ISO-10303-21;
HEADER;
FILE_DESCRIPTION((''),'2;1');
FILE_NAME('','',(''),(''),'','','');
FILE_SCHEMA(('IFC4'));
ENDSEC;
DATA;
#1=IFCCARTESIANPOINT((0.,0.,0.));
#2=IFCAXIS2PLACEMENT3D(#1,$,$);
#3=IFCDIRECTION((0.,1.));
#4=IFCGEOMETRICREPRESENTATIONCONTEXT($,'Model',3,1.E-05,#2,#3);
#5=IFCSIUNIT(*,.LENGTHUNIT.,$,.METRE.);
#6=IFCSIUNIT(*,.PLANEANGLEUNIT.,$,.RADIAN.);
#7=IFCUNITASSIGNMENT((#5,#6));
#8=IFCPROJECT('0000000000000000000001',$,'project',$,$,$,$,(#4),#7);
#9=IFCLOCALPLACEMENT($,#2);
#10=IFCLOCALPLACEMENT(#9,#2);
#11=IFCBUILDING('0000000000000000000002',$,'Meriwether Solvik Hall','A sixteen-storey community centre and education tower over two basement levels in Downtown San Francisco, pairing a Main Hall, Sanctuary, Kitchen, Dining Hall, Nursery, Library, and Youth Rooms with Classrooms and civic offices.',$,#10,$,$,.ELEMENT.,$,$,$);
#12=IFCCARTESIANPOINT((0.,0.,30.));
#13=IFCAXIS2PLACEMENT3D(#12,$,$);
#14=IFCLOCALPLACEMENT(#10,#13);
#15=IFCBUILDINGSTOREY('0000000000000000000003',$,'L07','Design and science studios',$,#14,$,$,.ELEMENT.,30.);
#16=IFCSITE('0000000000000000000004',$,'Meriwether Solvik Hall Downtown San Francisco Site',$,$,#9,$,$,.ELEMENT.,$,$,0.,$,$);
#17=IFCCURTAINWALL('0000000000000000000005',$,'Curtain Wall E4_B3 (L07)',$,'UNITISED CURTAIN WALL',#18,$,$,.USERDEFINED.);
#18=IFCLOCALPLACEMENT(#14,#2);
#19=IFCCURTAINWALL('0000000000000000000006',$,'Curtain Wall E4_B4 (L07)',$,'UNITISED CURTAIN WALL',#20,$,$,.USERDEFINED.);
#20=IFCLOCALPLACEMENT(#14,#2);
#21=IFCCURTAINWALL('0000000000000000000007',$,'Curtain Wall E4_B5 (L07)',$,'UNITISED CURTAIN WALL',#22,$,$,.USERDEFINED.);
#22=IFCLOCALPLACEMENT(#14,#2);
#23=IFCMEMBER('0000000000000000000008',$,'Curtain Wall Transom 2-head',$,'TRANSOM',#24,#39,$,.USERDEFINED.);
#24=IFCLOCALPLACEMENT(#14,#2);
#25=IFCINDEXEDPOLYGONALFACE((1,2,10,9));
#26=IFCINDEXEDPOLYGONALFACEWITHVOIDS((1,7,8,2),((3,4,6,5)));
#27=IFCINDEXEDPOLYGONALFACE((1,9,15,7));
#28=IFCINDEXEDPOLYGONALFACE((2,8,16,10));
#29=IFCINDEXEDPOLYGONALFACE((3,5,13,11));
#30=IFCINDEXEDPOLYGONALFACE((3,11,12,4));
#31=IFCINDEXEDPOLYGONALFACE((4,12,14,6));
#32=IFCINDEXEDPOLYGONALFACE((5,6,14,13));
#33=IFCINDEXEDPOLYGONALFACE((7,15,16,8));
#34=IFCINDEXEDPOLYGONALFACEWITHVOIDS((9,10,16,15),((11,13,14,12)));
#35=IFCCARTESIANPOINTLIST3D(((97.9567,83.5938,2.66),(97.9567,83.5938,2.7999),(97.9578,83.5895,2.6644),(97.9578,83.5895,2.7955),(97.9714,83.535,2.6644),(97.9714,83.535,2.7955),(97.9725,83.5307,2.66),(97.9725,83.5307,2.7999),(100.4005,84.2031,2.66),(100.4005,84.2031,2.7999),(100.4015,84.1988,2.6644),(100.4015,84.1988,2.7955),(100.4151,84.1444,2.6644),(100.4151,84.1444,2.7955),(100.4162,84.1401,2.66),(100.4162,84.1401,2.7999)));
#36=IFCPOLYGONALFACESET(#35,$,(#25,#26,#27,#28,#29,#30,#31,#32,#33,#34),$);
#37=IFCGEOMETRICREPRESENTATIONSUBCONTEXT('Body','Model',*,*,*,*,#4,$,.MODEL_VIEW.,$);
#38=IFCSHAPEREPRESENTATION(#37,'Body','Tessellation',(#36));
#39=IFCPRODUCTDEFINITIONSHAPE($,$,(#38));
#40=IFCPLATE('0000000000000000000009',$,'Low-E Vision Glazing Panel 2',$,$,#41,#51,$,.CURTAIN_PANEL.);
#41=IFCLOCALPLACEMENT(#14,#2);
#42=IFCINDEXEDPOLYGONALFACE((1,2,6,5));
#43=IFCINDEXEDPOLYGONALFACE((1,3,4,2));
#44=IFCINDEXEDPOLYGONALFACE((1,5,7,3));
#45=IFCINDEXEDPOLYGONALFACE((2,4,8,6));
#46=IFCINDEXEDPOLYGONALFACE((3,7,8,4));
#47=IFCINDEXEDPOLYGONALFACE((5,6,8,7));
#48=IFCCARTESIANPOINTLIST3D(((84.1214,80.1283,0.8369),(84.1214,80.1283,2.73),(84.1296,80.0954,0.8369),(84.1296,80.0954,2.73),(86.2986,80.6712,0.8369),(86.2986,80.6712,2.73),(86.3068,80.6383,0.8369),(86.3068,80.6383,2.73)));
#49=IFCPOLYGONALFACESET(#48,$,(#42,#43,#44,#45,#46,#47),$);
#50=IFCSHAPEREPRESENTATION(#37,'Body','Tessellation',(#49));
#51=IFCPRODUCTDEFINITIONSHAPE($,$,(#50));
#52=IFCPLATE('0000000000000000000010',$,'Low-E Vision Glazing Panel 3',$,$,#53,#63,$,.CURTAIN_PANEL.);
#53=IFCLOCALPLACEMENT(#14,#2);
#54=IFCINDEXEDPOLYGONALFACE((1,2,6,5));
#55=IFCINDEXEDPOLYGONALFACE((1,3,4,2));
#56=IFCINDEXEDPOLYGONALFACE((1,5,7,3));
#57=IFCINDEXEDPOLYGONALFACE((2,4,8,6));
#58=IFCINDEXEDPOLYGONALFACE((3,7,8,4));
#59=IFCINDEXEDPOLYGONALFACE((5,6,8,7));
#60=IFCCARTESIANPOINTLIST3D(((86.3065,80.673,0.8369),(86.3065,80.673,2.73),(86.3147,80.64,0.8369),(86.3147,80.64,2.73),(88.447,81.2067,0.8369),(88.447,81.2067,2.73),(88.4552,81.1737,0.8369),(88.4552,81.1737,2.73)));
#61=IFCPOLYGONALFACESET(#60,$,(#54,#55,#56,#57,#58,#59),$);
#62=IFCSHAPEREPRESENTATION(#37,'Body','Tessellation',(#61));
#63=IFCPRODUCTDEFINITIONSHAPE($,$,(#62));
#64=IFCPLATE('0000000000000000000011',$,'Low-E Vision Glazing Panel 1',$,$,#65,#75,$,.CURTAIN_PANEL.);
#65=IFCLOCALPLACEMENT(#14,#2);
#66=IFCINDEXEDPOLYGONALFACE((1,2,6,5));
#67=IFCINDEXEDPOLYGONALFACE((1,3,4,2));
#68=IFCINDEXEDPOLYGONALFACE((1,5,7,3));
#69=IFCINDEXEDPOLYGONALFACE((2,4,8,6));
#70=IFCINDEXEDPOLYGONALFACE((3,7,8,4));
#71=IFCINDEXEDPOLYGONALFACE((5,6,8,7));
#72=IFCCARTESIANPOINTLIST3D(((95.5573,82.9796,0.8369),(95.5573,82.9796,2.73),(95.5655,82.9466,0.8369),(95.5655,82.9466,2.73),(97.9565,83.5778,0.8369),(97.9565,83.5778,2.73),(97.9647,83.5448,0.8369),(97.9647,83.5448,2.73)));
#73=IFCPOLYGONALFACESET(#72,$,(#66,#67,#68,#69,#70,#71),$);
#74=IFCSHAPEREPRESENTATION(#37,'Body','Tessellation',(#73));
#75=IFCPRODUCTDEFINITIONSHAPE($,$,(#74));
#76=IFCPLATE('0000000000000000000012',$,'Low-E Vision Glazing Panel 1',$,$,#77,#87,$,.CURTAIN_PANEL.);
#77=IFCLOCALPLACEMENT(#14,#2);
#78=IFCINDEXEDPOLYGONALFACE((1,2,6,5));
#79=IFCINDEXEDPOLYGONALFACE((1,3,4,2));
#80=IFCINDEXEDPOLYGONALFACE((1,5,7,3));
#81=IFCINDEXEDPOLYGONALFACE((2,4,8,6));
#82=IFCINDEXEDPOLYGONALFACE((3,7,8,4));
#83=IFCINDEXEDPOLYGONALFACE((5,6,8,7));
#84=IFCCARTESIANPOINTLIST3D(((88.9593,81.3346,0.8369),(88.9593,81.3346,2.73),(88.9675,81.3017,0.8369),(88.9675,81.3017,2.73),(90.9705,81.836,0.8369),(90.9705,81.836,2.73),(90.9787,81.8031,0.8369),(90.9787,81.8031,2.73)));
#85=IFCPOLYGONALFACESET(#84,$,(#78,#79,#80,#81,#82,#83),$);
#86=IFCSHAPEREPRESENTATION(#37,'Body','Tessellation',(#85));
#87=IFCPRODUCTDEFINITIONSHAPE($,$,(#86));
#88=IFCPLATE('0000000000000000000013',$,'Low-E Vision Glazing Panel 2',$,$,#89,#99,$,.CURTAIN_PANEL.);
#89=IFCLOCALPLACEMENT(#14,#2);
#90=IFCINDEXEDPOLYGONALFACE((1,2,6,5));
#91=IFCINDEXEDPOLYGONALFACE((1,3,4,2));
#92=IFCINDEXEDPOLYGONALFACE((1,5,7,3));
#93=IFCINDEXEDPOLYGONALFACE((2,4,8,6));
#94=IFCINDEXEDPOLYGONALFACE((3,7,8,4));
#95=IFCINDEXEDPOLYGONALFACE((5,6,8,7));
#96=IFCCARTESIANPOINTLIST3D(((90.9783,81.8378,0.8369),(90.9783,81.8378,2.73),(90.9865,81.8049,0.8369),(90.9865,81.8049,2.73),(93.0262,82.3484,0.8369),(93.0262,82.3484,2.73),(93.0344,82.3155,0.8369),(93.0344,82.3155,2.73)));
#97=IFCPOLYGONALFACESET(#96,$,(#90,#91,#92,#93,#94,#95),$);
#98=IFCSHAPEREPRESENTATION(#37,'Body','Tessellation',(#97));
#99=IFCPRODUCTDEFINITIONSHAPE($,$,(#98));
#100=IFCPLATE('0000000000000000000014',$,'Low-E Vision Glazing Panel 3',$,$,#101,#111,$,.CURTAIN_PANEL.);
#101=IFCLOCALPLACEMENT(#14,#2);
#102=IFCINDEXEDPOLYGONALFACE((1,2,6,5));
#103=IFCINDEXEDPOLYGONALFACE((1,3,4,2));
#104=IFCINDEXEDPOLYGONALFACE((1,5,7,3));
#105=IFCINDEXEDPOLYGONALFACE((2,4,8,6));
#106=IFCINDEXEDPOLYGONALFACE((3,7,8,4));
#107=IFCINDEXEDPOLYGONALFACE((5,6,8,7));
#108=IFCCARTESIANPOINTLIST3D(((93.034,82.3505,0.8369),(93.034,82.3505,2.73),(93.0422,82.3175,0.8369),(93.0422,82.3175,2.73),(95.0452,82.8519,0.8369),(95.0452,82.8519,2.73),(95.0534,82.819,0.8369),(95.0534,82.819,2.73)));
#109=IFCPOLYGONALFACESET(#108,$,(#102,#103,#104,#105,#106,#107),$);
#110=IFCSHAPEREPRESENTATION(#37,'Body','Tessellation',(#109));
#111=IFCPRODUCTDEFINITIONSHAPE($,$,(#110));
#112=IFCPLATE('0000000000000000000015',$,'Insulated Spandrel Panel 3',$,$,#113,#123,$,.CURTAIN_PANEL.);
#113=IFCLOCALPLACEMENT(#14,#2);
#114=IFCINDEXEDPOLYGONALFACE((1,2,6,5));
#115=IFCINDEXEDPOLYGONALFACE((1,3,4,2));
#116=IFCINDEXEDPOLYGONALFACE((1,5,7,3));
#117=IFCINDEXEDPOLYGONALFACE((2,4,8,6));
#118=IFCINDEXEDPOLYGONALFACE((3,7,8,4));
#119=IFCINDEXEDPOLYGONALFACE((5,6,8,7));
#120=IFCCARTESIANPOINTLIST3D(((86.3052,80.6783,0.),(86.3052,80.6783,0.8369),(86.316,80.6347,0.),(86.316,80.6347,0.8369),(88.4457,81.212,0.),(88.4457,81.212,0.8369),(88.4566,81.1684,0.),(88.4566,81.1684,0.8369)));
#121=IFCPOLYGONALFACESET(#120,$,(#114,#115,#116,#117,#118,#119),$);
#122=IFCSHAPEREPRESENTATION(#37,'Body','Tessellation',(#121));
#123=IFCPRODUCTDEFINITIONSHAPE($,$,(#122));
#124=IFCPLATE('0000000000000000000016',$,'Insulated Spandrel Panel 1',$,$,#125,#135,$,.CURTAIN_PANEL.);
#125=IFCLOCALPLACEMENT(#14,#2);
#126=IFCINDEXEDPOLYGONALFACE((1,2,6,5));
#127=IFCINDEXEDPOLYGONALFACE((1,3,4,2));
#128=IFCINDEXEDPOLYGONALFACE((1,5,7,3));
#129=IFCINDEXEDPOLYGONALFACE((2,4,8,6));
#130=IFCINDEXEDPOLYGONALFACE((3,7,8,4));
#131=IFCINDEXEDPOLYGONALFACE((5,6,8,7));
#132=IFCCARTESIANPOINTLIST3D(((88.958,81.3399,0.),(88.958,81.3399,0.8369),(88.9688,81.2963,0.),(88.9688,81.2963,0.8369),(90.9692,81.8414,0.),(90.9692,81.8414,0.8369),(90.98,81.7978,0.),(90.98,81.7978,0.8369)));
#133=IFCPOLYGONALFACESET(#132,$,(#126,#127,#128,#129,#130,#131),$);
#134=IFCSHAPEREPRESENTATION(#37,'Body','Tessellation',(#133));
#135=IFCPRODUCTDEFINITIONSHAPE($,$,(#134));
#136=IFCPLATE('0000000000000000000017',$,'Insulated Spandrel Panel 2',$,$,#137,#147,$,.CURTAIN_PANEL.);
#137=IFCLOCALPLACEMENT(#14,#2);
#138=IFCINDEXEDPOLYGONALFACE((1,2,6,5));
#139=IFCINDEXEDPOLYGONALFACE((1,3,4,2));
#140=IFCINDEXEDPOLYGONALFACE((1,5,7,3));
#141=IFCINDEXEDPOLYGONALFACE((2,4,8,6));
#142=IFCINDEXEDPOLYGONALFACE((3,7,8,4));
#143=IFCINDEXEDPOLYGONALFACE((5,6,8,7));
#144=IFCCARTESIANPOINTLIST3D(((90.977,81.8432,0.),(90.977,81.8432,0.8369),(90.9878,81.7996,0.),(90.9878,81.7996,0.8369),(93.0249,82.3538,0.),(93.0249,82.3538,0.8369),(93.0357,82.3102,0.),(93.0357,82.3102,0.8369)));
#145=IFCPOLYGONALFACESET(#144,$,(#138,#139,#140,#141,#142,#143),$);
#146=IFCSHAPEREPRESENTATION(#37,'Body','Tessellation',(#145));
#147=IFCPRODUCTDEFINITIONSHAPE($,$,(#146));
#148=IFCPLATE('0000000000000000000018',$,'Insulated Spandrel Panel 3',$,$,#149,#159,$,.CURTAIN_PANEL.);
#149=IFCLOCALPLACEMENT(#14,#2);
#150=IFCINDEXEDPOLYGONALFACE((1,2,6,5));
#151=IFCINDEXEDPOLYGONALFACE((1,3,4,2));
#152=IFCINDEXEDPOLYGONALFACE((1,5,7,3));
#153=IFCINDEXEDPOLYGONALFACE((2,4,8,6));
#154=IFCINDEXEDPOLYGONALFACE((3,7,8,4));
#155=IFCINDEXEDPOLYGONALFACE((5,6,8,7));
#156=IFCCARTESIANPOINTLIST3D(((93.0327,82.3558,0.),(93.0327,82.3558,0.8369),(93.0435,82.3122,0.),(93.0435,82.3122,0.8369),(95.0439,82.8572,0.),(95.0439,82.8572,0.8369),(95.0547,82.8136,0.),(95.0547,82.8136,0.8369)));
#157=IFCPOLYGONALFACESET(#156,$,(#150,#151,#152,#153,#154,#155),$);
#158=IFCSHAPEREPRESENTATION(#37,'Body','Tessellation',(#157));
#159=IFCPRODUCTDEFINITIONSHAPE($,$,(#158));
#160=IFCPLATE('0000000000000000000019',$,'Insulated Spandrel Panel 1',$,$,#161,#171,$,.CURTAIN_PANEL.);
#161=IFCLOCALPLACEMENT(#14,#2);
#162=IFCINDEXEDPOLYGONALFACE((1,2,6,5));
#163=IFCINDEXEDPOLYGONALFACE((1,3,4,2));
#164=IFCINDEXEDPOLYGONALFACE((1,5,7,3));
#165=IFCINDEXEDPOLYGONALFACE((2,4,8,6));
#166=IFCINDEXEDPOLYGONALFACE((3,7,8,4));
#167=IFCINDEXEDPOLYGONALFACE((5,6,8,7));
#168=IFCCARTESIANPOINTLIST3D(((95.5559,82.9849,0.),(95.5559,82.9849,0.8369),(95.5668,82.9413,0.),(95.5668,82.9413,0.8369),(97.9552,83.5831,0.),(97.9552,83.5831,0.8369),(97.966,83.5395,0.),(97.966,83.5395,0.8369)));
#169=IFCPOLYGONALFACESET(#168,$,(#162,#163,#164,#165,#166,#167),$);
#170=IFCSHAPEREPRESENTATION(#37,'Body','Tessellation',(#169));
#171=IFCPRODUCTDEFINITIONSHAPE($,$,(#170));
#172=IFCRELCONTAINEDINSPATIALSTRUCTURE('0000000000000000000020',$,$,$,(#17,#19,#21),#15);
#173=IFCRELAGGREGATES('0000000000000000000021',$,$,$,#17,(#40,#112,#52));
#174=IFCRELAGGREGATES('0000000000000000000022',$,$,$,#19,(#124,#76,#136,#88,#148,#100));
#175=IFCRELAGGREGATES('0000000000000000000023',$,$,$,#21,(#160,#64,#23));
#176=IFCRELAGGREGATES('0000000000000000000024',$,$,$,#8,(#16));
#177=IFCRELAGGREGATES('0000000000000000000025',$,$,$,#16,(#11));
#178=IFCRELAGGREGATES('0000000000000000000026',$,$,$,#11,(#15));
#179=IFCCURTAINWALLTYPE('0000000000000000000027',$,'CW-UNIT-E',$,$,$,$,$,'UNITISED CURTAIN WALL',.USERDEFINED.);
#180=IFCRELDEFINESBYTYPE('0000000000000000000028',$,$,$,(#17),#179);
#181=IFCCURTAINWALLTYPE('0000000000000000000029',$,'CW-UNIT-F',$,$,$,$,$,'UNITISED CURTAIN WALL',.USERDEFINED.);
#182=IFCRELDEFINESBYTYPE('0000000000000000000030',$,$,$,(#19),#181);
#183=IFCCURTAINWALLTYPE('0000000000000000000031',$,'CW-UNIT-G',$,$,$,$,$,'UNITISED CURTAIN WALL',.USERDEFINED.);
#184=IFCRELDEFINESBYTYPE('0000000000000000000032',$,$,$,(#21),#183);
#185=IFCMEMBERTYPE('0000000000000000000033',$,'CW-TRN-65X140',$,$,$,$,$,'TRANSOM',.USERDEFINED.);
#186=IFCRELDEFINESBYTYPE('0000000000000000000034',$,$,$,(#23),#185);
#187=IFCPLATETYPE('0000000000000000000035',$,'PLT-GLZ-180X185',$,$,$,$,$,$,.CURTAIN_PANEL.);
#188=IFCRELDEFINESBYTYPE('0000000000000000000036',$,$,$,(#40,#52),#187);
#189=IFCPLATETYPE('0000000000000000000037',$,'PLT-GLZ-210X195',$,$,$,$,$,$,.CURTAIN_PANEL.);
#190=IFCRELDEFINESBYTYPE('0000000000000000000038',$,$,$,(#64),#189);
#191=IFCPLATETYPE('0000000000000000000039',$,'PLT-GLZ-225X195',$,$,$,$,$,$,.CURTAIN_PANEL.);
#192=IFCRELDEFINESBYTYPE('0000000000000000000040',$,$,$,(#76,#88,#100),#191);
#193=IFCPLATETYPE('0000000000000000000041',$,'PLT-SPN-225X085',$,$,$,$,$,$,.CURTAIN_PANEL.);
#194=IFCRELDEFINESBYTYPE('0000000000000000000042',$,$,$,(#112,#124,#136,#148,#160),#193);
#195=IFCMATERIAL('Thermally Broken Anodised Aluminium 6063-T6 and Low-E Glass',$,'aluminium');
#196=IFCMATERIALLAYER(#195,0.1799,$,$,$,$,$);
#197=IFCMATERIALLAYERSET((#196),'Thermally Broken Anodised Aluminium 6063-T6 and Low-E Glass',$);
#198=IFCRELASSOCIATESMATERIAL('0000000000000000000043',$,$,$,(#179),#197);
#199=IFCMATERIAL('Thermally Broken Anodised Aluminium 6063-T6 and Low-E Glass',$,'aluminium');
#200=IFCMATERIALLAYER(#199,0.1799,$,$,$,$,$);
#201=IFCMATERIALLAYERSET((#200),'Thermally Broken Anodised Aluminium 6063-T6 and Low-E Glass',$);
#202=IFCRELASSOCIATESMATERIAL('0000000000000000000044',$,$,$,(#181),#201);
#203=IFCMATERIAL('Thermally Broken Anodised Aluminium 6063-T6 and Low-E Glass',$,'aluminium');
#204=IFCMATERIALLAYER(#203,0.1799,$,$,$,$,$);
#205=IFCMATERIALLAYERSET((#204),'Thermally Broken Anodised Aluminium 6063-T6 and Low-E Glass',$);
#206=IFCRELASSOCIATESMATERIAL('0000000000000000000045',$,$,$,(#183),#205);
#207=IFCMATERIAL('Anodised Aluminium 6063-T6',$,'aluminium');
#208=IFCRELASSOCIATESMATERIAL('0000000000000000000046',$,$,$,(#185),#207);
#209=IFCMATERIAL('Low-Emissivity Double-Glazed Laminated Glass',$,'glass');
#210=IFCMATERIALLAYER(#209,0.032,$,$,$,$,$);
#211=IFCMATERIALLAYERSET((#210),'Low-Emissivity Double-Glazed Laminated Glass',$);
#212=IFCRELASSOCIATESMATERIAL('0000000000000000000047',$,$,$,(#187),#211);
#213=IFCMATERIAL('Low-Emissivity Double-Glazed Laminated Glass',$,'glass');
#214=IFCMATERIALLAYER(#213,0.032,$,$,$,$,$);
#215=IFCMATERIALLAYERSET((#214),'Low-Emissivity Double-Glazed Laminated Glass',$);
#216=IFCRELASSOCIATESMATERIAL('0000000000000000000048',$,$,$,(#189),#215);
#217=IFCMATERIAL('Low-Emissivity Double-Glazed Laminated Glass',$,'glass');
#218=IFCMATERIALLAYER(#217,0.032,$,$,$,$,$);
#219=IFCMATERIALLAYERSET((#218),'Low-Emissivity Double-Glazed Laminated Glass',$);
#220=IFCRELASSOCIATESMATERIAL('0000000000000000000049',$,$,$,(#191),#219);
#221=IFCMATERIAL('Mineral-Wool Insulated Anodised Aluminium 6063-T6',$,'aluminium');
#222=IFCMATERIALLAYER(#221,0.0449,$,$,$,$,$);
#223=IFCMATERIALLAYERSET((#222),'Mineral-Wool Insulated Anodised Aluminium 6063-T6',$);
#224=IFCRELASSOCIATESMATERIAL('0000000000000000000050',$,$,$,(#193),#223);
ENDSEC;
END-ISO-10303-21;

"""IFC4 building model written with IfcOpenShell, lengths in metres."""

from ifc_helpers import new_model, si_unit, direction, frame, origin, origin_2d, place, context, subcontext, project, spatial, rectangle, hollow_rectangle, extrude, material, layer, layer_set, material_profile, profile_set, type_object, element, aggregate, save


model = new_model("IFC4")

# Units and contexts
model_context = context("Model", 3, precision=1e-05, world=origin(), true_north=direction((0.0, 1.0)))
body_context = subcontext(model_context, "Body", "Model", "MODEL_VIEW")
ifc_project = project(units=[si_unit("LENGTHUNIT", "METRE"), si_unit("PLANEANGLEUNIT", "RADIAN")], contexts=[model_context])

# Site, building, storey
site_placement = place(None, origin())
site = spatial("IfcSite", under=ifc_project, at=site_placement, Name="Meriwether Solvik Hall Downtown San Francisco Site", CompositionType="ELEMENT", RefElevation=0.0)
building_placement = place(site_placement, origin())
building = spatial("IfcBuilding", under=site, at=building_placement, Name="Meriwether Solvik Hall", Description="A sixteen-storey community centre and education tower over two basement levels in Downtown San Francisco, pairing a Main Hall, Sanctuary, Kitchen, Dining Hall, Nursery, Library, and Youth Rooms with Classrooms and civic offices.", CompositionType="ELEMENT")
storey_placement = place(building_placement, frame((0.0, 0.0, 30.0)))
storey = spatial("IfcBuildingStorey", under=building, at=storey_placement, Name="L07", Description="Design and science studios", CompositionType="ELEMENT", Elevation=30.0)

# Curtain walls
ifc_material_1 = material(Name="Thermally Broken Anodised Aluminium 6063-T6 and Low-E Glass", Category="aluminium")
ifc_layer_1 = layer(ifc_material_1, 0.1799)
ifc_layer_set_1 = layer_set([ifc_layer_1], Name="Thermally Broken Anodised Aluminium 6063-T6 and Low-E Glass")
curtain_wall_type_1 = type_object("IfcCurtainWallType", Name="CW-UNIT-E", ElementType="UNITISED CURTAIN WALL", PredefinedType="USERDEFINED", material=ifc_layer_set_1)
curtain_wall_1_placement = place(storey_placement, origin())
curtain_wall_1 = element("IfcCurtainWall", 1, at=curtain_wall_1_placement, inside=storey, type_object=curtain_wall_type_1, Name="Curtain Wall E4_B3 (L07)", ObjectType="UNITISED CURTAIN WALL", PredefinedType="USERDEFINED")
ifc_material_2 = material(Name="Thermally Broken Anodised Aluminium 6063-T6 and Low-E Glass", Category="aluminium")
ifc_layer_2 = layer(ifc_material_2, 0.1799)
ifc_layer_set_2 = layer_set([ifc_layer_2], Name="Thermally Broken Anodised Aluminium 6063-T6 and Low-E Glass")
curtain_wall_type_2 = type_object("IfcCurtainWallType", Name="CW-UNIT-F", ElementType="UNITISED CURTAIN WALL", PredefinedType="USERDEFINED", material=ifc_layer_set_2)
curtain_wall_2_placement = place(storey_placement, origin())
curtain_wall_2 = element("IfcCurtainWall", 2, at=curtain_wall_2_placement, inside=storey, type_object=curtain_wall_type_2, Name="Curtain Wall E4_B4 (L07)", ObjectType="UNITISED CURTAIN WALL", PredefinedType="USERDEFINED")
ifc_material_3 = material(Name="Thermally Broken Anodised Aluminium 6063-T6 and Low-E Glass", Category="aluminium")
ifc_layer_3 = layer(ifc_material_3, 0.1799)
ifc_layer_set_3 = layer_set([ifc_layer_3], Name="Thermally Broken Anodised Aluminium 6063-T6 and Low-E Glass")
curtain_wall_type_3 = type_object("IfcCurtainWallType", Name="CW-UNIT-G", ElementType="UNITISED CURTAIN WALL", PredefinedType="USERDEFINED", material=ifc_layer_set_3)
curtain_wall_3_placement = place(storey_placement, origin())
curtain_wall_3 = element("IfcCurtainWall", 3, at=curtain_wall_3_placement, inside=storey, type_object=curtain_wall_type_3, Name="Curtain Wall E4_B5 (L07)", ObjectType="UNITISED CURTAIN WALL", PredefinedType="USERDEFINED")

# Member
ifc_material_4 = material(Name="Anodised Aluminium 6063-T6", Category="aluminium")
ifc_material_profile_1 = material_profile(ifc_material_4, hollow_rectangle(XDim=0.0649, YDim=0.1399, WallThickness=0.0044, at=origin_2d()), Name="CWT-65X140")
ifc_profile_set_1 = profile_set([ifc_material_profile_1], Name="Anodised Aluminium 6063-T6")
member_type_1 = type_object("IfcMemberType", Name="CW-TRN-65X140", ElementType="TRANSOM", PredefinedType="USERDEFINED", material=ifc_profile_set_1)
member_1_placement = place(storey_placement, frame((97.9646, 83.5623, 2.73), z_axis=(0.970291, 0.241943, 0.0), x_axis=(-0.241943, 0.970291, 0.0)))
member_1 = element("IfcMember", 4, at=member_1_placement, type_object=member_type_1, Name="Curtain Wall Transom 2-head", ObjectType="TRANSOM", PredefinedType="USERDEFINED", context=body_context, shape_type="SweptSolid", body=[
    extrude(hollow_rectangle(XDim=0.0649, YDim=0.1399, WallThickness=0.0044, at=origin_2d()), origin(), (0.0, 0.0, 1.0), 2.5186),
])

# Plates
ifc_material_5 = material(Name="Low-Emissivity Double-Glazed Laminated Glass", Category="glass")
ifc_layer_4 = layer(ifc_material_5, 0.032)
ifc_layer_set_4 = layer_set([ifc_layer_4], Name="Low-Emissivity Double-Glazed Laminated Glass")
plate_type_1 = type_object("IfcPlateType", Name="PLT-GLZ-180X185", PredefinedType="CURTAIN_PANEL", material=ifc_layer_set_4)
plate_1_placement = place(storey_placement, frame((85.2141, 80.3833, 0.8369), z_axis=(0.0, 0.0, 1.0), x_axis=(0.970296, 0.241922, 0.0)))
plate_1 = element("IfcPlate", 5, at=plate_1_placement, type_object=plate_type_1, Name="Low-E Vision Glazing Panel 2", PredefinedType="CURTAIN_PANEL", context=body_context, shape_type="SweptSolid", body=[
    extrude(rectangle(XDim=2.2439, YDim=0.0339, at=origin_2d()), origin(), (0.0, 0.0, 1.0), 1.8931),
])
plate_2_placement = place(storey_placement, frame((87.3809, 80.9233, 0.8369), z_axis=(0.0, 0.0, 1.0), x_axis=(0.970296, 0.241922, 0.0)))
plate_2 = element("IfcPlate", 6, at=plate_2_placement, type_object=plate_type_1, Name="Low-E Vision Glazing Panel 3", PredefinedType="CURTAIN_PANEL", context=body_context, shape_type="SweptSolid", body=[
    extrude(rectangle(XDim=2.2061, YDim=0.0339, at=origin_2d()), origin(), (0.0, 0.0, 1.0), 1.8931),
])
ifc_material_6 = material(Name="Low-Emissivity Double-Glazed Laminated Glass", Category="glass")
ifc_layer_5 = layer(ifc_material_6, 0.032)
ifc_layer_set_5 = layer_set([ifc_layer_5], Name="Low-Emissivity Double-Glazed Laminated Glass")
plate_type_2 = type_object("IfcPlateType", Name="PLT-GLZ-210X195", PredefinedType="CURTAIN_PANEL", material=ifc_layer_set_5)
plate_3_placement = place(storey_placement, frame((96.761, 83.2622, 0.8369), z_axis=(0.0, 0.0, 1.0), x_axis=(0.970296, 0.241922, 0.0)))
plate_3 = element("IfcPlate", 7, at=plate_3_placement, type_object=plate_type_2, Name="Low-E Vision Glazing Panel 1", PredefinedType="CURTAIN_PANEL", context=body_context, shape_type="SweptSolid", body=[
    extrude(rectangle(XDim=2.4727, YDim=0.0339, at=origin_2d()), origin(), (0.0, 0.0, 1.0), 1.8931),
])
ifc_material_7 = material(Name="Low-Emissivity Double-Glazed Laminated Glass", Category="glass")
ifc_layer_6 = layer(ifc_material_7, 0.032)
ifc_layer_set_6 = layer_set([ifc_layer_6], Name="Low-Emissivity Double-Glazed Laminated Glass")
plate_type_3 = type_object("IfcPlateType", Name="PLT-GLZ-225X195", PredefinedType="CURTAIN_PANEL", material=ifc_layer_set_6)
plate_4_placement = place(storey_placement, frame((89.969, 81.5688, 0.8369), z_axis=(0.0, 0.0, 1.0), x_axis=(0.970296, 0.241922, 0.0)))
plate_4 = element("IfcPlate", 8, at=plate_4_placement, type_object=plate_type_3, Name="Low-E Vision Glazing Panel 1", PredefinedType="CURTAIN_PANEL", context=body_context, shape_type="SweptSolid", body=[
    extrude(rectangle(XDim=2.0728, YDim=0.0339, at=origin_2d()), origin(), (0.0, 0.0, 1.0), 1.8931),
])
plate_5_placement = place(storey_placement, frame((92.0063, 82.0767, 0.8369), z_axis=(0.0, 0.0, 1.0), x_axis=(0.970296, 0.241922, 0.0)))
plate_5 = element("IfcPlate", 9, at=plate_5_placement, type_object=plate_type_3, Name="Low-E Vision Glazing Panel 2", PredefinedType="CURTAIN_PANEL", context=body_context, shape_type="SweptSolid", body=[
    extrude(rectangle(XDim=2.1106, YDim=0.0339, at=origin_2d()), origin(), (0.0, 0.0, 1.0), 1.8931),
])
plate_6_placement = place(storey_placement, frame((94.0437, 82.5847, 0.8369), z_axis=(0.0, 0.0, 1.0), x_axis=(0.970296, 0.241922, 0.0)))
plate_6 = element("IfcPlate", 10, at=plate_6_placement, type_object=plate_type_3, Name="Low-E Vision Glazing Panel 3", PredefinedType="CURTAIN_PANEL", context=body_context, shape_type="SweptSolid", body=[
    extrude(rectangle(XDim=2.0728, YDim=0.0339, at=origin_2d()), origin(), (0.0, 0.0, 1.0), 1.8931),
])
ifc_material_8 = material(Name="Mineral-Wool Insulated Anodised Aluminium 6063-T6", Category="aluminium")
ifc_layer_7 = layer(ifc_material_8, 0.0449)
ifc_layer_set_7 = layer_set([ifc_layer_7], Name="Mineral-Wool Insulated Anodised Aluminium 6063-T6")
plate_type_4 = type_object("IfcPlateType", Name="PLT-SPN-225X085", PredefinedType="CURTAIN_PANEL", material=ifc_layer_set_7)
plate_7_placement = place(storey_placement, frame((87.3809, 80.9233, 0.0), z_axis=(0.0, 0.0, 1.0), x_axis=(0.970296, 0.241922, 0.0)))
plate_7 = element("IfcPlate", 11, at=plate_7_placement, type_object=plate_type_4, Name="Insulated Spandrel Panel 3", PredefinedType="CURTAIN_PANEL", context=body_context, shape_type="SweptSolid", body=[
    extrude(rectangle(XDim=2.2061, YDim=0.0449, at=origin_2d()), origin(), (0.0, 0.0, 1.0), 0.8369),
])
aggregate(curtain_wall_1, [plate_1, plate_7, plate_2])
plate_8_placement = place(storey_placement, frame((89.969, 81.5688, 0.0), z_axis=(0.0, 0.0, 1.0), x_axis=(0.970296, 0.241922, 0.0)))
plate_8 = element("IfcPlate", 12, at=plate_8_placement, type_object=plate_type_4, Name="Insulated Spandrel Panel 1", PredefinedType="CURTAIN_PANEL", context=body_context, shape_type="SweptSolid", body=[
    extrude(rectangle(XDim=2.0728, YDim=0.0449, at=origin_2d()), origin(), (0.0, 0.0, 1.0), 0.8369),
])
plate_9_placement = place(storey_placement, frame((92.0063, 82.0767, 0.0), z_axis=(0.0, 0.0, 1.0), x_axis=(0.970296, 0.241922, 0.0)))
plate_9 = element("IfcPlate", 13, at=plate_9_placement, type_object=plate_type_4, Name="Insulated Spandrel Panel 2", PredefinedType="CURTAIN_PANEL", context=body_context, shape_type="SweptSolid", body=[
    extrude(rectangle(XDim=2.1106, YDim=0.0449, at=origin_2d()), origin(), (0.0, 0.0, 1.0), 0.8369),
])
plate_10_placement = place(storey_placement, frame((94.0437, 82.5847, 0.0), z_axis=(0.0, 0.0, 1.0), x_axis=(0.970296, 0.241922, 0.0)))
plate_10 = element("IfcPlate", 14, at=plate_10_placement, type_object=plate_type_4, Name="Insulated Spandrel Panel 3", PredefinedType="CURTAIN_PANEL", context=body_context, shape_type="SweptSolid", body=[
    extrude(rectangle(XDim=2.0728, YDim=0.0449, at=origin_2d()), origin(), (0.0, 0.0, 1.0), 0.8369),
])
aggregate(curtain_wall_2, [plate_8, plate_4, plate_9, plate_5, plate_10, plate_6])
plate_11_placement = place(storey_placement, frame((96.761, 83.2622, 0.0), z_axis=(0.0, 0.0, 1.0), x_axis=(0.970296, 0.241922, 0.0)))
plate_11 = element("IfcPlate", 15, at=plate_11_placement, type_object=plate_type_4, Name="Insulated Spandrel Panel 1", PredefinedType="CURTAIN_PANEL", context=body_context, shape_type="SweptSolid", body=[
    extrude(rectangle(XDim=2.4727, YDim=0.0449, at=origin_2d()), origin(), (0.0, 0.0, 1.0), 0.8369),
])
aggregate(curtain_wall_3, [plate_11, plate_3, member_1])

save(model, "model.ifc")
